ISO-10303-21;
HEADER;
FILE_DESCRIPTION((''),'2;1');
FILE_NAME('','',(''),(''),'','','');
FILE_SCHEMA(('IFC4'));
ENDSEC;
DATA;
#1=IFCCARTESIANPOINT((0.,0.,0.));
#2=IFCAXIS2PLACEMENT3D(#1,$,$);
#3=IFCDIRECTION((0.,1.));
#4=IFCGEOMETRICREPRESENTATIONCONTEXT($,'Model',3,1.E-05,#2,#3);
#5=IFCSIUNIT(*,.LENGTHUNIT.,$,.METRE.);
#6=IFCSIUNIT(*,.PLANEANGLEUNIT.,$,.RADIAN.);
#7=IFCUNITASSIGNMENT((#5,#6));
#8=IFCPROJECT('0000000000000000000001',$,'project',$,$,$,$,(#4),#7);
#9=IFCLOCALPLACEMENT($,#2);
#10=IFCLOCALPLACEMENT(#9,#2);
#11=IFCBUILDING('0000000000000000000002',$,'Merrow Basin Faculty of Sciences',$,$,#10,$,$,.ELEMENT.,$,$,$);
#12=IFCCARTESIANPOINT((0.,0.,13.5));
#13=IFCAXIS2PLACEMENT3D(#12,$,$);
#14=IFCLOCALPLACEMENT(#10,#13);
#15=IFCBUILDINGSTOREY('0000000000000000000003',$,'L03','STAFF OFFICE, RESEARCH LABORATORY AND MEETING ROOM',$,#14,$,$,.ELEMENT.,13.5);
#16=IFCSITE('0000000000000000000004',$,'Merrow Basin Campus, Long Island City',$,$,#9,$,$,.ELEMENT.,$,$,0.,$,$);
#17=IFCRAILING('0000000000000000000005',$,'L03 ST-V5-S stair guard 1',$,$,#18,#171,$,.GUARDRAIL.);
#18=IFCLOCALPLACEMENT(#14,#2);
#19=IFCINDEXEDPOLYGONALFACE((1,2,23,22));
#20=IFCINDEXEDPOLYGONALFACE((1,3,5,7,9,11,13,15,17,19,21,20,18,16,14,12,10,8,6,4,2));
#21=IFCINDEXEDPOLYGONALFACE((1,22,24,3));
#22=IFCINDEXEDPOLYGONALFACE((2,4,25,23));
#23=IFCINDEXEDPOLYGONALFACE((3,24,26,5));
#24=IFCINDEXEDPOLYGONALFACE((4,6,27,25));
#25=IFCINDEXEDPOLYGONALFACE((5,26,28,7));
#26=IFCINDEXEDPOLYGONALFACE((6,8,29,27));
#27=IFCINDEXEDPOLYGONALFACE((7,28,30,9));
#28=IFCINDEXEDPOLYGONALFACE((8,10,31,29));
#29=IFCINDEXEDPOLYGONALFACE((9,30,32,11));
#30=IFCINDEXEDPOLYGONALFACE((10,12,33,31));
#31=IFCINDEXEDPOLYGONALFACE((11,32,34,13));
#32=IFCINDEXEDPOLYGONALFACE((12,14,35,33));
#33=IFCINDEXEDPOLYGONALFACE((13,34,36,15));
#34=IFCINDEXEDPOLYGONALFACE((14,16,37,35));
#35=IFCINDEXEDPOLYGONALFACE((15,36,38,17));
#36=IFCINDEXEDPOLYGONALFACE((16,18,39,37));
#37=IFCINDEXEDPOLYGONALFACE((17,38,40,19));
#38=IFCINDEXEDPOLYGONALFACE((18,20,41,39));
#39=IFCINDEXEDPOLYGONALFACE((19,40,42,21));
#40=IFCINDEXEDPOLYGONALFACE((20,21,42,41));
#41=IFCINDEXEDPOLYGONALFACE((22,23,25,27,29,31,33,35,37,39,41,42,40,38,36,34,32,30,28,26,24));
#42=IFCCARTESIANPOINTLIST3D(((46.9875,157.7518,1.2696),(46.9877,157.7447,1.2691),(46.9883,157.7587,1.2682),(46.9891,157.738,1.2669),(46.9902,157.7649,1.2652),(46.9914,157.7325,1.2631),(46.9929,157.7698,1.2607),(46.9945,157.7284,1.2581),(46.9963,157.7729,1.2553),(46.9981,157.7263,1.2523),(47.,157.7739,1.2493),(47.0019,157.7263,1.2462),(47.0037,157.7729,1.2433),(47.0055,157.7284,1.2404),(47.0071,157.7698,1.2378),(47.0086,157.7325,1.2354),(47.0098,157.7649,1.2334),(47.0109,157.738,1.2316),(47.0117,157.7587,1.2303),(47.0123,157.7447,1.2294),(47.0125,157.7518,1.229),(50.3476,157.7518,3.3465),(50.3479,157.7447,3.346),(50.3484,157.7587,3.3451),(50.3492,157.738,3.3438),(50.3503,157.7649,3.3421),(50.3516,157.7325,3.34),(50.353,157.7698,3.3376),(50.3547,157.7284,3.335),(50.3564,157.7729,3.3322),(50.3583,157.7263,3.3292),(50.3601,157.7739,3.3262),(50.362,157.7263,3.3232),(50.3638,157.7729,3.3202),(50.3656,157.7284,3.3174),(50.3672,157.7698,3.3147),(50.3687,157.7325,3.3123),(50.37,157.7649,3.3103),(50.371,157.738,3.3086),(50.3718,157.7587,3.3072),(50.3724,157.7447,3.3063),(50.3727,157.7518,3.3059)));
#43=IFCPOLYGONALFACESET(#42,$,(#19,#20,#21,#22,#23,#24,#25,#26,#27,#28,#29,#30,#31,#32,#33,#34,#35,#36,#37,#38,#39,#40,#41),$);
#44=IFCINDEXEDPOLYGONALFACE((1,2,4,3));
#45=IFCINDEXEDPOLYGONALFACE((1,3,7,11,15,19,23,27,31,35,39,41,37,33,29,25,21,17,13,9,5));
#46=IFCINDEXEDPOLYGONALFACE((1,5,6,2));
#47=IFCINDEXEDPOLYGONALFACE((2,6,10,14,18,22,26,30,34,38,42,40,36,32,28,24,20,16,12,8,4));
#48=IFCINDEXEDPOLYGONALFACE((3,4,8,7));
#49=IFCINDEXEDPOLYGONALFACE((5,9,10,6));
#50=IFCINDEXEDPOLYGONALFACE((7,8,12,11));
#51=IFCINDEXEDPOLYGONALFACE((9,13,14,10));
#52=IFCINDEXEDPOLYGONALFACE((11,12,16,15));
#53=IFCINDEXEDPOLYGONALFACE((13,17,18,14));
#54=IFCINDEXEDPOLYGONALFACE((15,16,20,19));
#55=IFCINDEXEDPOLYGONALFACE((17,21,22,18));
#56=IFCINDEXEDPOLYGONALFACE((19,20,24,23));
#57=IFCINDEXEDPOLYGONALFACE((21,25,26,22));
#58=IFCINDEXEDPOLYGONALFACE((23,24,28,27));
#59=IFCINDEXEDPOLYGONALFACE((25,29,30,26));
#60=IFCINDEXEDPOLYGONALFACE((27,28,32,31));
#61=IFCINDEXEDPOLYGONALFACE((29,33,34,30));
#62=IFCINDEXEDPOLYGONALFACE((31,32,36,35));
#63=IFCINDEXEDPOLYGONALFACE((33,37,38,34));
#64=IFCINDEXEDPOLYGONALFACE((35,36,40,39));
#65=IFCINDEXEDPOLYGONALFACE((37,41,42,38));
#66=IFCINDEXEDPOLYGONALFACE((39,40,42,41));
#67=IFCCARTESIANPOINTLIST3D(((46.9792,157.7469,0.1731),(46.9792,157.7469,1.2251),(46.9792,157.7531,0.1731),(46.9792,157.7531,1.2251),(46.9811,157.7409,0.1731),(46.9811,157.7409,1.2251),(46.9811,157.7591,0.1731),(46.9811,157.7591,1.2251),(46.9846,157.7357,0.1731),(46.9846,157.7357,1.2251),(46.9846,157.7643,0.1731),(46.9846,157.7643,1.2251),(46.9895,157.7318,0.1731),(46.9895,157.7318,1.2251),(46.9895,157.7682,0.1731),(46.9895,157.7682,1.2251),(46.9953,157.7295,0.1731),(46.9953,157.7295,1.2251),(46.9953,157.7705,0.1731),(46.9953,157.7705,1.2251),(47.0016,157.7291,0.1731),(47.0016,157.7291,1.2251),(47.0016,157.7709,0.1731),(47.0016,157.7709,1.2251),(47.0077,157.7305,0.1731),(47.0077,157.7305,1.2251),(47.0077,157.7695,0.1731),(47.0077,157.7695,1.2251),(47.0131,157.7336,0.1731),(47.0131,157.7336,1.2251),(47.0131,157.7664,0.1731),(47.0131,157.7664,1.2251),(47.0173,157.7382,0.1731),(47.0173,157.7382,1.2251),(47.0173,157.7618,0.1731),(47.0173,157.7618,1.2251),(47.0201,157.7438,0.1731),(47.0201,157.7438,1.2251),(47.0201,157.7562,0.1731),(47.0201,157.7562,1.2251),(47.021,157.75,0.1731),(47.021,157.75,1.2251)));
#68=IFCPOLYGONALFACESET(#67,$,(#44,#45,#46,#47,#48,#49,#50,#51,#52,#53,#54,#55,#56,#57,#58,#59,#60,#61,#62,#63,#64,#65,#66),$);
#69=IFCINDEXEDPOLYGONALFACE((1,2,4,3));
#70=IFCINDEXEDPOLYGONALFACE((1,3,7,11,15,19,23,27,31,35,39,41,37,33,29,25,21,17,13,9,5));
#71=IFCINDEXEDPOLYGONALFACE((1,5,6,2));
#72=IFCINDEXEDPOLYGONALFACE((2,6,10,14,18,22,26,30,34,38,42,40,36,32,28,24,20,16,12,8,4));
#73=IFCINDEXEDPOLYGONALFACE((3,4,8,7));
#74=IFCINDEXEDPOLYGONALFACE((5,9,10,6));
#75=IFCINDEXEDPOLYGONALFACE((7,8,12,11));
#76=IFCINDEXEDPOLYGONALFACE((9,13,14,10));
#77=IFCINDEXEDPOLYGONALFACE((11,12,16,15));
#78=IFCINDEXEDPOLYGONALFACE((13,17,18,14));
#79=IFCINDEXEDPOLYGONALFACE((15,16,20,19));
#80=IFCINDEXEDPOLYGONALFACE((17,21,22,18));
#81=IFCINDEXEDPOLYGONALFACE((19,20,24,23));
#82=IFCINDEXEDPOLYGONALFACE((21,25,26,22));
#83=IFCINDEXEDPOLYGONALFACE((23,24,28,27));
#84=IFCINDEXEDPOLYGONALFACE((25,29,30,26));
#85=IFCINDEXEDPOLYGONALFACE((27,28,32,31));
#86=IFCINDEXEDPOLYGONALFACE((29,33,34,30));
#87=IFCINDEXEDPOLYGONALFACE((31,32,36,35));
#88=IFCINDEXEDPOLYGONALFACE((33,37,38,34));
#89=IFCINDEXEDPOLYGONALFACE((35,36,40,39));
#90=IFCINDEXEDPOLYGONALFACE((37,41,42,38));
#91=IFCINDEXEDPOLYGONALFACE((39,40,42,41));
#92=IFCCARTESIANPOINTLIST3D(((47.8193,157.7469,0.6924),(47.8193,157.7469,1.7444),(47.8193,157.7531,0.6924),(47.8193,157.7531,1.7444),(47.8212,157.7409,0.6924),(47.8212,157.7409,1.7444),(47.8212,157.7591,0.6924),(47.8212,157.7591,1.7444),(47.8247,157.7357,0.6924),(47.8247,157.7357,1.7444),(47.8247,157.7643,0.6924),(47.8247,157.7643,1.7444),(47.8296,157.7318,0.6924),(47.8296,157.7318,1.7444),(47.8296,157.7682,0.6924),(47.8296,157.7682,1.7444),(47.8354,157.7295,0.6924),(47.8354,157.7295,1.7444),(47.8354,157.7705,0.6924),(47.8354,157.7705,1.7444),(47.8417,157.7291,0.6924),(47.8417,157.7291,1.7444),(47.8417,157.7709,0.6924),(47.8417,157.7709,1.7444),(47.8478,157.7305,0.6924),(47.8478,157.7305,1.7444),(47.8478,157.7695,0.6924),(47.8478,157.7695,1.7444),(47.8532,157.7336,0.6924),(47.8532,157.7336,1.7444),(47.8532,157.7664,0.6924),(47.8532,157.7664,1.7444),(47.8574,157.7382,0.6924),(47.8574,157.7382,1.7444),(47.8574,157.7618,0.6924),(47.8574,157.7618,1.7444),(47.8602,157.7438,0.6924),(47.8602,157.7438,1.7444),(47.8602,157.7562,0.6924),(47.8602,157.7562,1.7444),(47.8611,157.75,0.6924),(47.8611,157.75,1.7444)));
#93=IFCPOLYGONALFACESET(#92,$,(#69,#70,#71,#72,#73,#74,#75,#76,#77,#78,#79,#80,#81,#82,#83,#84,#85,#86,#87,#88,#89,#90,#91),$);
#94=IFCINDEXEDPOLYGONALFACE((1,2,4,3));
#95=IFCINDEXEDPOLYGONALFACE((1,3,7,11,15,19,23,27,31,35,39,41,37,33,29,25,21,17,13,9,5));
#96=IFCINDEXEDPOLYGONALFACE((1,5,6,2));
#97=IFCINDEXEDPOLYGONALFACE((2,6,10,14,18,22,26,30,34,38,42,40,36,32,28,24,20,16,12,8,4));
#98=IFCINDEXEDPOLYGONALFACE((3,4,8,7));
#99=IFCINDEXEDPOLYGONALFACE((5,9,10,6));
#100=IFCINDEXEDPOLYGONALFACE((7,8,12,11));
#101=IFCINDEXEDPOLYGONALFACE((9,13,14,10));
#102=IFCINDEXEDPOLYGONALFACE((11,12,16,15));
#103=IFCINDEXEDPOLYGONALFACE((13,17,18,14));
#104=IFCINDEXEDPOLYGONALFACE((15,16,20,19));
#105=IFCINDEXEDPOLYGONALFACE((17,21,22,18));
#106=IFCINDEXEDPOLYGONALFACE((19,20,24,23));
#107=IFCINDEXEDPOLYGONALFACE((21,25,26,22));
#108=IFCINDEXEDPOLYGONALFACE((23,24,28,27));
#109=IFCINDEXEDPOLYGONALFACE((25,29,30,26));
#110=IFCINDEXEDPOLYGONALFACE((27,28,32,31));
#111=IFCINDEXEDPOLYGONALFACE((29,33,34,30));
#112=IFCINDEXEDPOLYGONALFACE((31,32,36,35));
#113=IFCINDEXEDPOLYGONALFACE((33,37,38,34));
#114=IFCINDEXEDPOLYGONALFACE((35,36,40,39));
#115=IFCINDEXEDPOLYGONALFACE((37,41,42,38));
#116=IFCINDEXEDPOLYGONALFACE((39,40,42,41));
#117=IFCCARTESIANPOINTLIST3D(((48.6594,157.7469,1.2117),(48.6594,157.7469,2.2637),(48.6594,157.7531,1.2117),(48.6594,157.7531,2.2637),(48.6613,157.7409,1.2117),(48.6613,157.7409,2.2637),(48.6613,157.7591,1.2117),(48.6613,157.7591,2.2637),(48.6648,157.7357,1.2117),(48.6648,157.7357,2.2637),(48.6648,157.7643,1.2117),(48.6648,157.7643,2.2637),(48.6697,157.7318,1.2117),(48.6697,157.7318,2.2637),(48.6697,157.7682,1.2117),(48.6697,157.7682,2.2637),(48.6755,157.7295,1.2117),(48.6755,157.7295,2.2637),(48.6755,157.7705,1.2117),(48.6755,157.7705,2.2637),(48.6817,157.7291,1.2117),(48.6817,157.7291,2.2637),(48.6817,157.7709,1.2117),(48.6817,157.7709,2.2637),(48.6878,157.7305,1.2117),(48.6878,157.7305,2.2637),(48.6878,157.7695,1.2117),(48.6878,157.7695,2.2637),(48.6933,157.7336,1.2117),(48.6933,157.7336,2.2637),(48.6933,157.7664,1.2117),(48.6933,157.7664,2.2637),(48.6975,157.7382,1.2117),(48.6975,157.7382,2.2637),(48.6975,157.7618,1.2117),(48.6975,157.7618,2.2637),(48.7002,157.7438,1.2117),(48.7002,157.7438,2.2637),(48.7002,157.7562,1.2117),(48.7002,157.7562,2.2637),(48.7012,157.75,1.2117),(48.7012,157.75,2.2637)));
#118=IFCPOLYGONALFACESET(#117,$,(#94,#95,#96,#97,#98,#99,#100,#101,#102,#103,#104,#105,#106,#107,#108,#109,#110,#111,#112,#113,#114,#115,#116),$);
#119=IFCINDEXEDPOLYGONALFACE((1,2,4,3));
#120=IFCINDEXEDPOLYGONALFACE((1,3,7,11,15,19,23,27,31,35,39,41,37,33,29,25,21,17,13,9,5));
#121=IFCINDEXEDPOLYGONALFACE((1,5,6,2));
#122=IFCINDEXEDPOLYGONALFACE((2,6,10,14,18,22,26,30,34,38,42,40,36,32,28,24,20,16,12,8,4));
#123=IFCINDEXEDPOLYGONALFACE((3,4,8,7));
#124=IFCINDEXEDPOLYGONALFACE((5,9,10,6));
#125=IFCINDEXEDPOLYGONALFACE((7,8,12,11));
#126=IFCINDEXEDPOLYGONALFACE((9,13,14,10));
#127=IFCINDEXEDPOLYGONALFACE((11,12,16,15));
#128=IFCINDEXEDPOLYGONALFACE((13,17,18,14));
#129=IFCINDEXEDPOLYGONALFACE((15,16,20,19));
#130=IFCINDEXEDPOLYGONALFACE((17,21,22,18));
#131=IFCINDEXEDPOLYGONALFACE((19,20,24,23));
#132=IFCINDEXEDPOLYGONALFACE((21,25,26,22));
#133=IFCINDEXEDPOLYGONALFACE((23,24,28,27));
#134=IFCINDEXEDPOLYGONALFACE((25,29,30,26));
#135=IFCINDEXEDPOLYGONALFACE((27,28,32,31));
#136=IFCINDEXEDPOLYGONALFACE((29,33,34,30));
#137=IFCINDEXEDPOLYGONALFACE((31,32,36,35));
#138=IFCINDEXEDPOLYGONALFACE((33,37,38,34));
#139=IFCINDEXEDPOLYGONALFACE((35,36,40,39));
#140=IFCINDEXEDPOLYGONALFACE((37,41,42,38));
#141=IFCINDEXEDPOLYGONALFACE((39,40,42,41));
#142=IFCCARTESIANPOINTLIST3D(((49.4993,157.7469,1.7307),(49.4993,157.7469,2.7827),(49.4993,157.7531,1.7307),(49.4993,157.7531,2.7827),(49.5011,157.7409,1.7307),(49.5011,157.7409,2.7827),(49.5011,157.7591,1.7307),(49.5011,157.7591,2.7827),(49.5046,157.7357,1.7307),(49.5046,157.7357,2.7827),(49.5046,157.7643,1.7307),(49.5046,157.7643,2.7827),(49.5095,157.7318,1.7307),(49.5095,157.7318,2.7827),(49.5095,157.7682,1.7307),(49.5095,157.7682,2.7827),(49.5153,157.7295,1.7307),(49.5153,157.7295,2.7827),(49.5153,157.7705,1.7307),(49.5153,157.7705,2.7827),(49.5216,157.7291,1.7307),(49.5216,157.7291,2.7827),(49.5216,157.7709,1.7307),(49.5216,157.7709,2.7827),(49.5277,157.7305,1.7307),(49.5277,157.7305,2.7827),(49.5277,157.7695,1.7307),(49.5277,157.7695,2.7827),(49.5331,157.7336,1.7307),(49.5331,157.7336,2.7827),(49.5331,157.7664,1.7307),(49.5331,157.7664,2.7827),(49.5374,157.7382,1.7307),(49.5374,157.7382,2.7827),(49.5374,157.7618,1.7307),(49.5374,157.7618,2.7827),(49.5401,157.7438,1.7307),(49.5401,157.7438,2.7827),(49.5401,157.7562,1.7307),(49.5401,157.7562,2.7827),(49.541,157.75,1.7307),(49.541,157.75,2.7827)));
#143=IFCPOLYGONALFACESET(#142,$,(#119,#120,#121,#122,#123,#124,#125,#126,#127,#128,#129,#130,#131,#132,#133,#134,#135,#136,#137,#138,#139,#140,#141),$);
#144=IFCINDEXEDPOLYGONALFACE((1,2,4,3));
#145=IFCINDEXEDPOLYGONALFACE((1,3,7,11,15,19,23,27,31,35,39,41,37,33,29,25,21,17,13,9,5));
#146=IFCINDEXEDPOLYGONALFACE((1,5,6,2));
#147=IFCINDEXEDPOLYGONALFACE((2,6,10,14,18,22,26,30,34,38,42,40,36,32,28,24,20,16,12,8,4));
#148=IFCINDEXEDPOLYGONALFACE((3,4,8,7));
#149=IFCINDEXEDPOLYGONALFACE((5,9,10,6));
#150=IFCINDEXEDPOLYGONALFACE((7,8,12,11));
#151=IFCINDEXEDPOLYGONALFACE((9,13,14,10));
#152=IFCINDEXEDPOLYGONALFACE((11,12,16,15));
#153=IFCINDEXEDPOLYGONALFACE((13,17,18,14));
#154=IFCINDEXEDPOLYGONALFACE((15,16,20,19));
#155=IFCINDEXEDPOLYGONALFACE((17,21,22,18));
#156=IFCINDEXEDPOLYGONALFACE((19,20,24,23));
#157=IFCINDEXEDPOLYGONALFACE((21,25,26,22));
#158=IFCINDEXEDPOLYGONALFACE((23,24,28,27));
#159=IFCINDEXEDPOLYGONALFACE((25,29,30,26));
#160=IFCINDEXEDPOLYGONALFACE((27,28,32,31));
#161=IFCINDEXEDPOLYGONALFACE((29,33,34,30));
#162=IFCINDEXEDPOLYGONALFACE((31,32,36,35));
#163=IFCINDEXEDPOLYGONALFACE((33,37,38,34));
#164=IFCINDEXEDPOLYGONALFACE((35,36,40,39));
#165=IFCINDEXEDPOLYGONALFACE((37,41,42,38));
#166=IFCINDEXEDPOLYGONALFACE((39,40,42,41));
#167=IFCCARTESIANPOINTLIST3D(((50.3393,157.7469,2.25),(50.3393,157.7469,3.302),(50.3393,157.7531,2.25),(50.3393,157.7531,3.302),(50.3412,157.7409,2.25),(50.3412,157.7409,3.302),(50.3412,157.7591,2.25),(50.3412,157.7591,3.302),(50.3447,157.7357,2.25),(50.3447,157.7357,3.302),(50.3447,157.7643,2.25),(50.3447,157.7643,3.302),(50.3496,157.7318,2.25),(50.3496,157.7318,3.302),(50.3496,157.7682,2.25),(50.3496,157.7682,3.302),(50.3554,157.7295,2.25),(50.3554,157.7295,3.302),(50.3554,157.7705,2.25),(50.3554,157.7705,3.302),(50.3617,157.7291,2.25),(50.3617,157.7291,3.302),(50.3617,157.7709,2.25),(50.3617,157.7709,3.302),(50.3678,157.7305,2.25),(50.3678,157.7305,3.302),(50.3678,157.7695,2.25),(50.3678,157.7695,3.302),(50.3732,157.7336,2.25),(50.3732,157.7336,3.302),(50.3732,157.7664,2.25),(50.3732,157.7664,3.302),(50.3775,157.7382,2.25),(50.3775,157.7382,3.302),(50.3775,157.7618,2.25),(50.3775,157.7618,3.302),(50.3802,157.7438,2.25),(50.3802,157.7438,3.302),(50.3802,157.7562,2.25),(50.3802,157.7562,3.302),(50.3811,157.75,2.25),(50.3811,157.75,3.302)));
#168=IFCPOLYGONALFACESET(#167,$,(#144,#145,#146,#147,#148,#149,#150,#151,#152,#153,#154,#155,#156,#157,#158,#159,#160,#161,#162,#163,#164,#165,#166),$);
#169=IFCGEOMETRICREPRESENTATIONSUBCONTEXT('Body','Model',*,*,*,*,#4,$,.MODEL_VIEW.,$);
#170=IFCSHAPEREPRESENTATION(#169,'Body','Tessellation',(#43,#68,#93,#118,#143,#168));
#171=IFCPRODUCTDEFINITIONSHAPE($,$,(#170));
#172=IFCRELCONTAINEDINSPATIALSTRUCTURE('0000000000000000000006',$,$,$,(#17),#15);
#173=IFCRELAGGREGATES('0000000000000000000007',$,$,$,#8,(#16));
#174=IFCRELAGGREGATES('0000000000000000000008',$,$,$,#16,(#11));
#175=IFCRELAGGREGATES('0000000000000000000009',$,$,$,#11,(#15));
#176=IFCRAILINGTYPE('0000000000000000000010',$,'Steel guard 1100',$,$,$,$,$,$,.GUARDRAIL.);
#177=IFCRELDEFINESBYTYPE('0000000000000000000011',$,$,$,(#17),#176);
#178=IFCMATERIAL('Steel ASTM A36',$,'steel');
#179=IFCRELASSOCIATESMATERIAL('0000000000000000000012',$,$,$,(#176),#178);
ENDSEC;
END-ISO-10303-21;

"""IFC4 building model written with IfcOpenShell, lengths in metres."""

from ifc_helpers import new_model, si_unit, direction, frame, origin, origin_2d, place, context, subcontext, project, spatial, circle, extrude, material, type_object, element, save


model = new_model("IFC4")

# Units and contexts
model_context = context("Model", 3, precision=1e-05, world=origin(), true_north=direction((0.0, 1.0)))
body_context = subcontext(model_context, "Body", "Model", "MODEL_VIEW")
ifc_project = project(units=[si_unit("LENGTHUNIT", "METRE"), si_unit("PLANEANGLEUNIT", "RADIAN")], contexts=[model_context])

# Site, building, storey
site_placement = place(None, origin())
site = spatial("IfcSite", under=ifc_project, at=site_placement, Name="Merrow Basin Campus, Long Island City", CompositionType="ELEMENT", RefElevation=0.0)
building_placement = place(site_placement, origin())
building = spatial("IfcBuilding", under=site, at=building_placement, Name="Merrow Basin Faculty of Sciences", CompositionType="ELEMENT")
storey_placement = place(building_placement, frame((0.0, 0.0, 13.5)))
storey = spatial("IfcBuildingStorey", under=building, at=storey_placement, Name="L03", Description="STAFF OFFICE, RESEARCH LABORATORY AND MEETING ROOM", CompositionType="ELEMENT", Elevation=13.5)

# Railing
ifc_material_1 = material(Name="Steel ASTM A36", Category="steel")
railing_type_1 = type_object("IfcRailingType", Name="Steel guard 1100", PredefinedType="GUARDRAIL", material=ifc_material_1)
railing_1_placement = place(storey_placement, frame((47.0, 157.75, 0.1731)))
element("IfcRailing", 1, at=railing_1_placement, inside=storey, type_object=railing_type_1, Name="L03 ST-V5-S stair guard 1", PredefinedType="GUARDRAIL", context=body_context, shape_type="SweptSolid", body=[
    extrude(circle(Radius=0.0239, at=origin_2d()), frame((0.0, 0.0, 1.0762), z_axis=(0.850623, 0.0, 0.525776), x_axis=(0.0, 1.0, 0.0)), (0.0, 0.0, 1.0), 3.9502),
    extrude(circle(Radius=0.021, at=origin_2d()), origin(), (0.0, 0.0, 1.0), 1.052),
    extrude(circle(Radius=0.021, at=origin_2d()), frame((0.8401, 0.0, 0.5193)), (0.0, 0.0, 1.0), 1.052),
    extrude(circle(Radius=0.021, at=origin_2d()), frame((1.6802, 0.0, 1.0386)), (0.0, 0.0, 1.0), 1.052),
    extrude(circle(Radius=0.021, at=origin_2d()), frame((2.52, 0.0, 1.5576)), (0.0, 0.0, 1.0), 1.052),
    extrude(circle(Radius=0.021, at=origin_2d()), frame((3.3601, 0.0, 2.0769)), (0.0, 0.0, 1.0), 1.052),
])

save(model, "model.ifc")
